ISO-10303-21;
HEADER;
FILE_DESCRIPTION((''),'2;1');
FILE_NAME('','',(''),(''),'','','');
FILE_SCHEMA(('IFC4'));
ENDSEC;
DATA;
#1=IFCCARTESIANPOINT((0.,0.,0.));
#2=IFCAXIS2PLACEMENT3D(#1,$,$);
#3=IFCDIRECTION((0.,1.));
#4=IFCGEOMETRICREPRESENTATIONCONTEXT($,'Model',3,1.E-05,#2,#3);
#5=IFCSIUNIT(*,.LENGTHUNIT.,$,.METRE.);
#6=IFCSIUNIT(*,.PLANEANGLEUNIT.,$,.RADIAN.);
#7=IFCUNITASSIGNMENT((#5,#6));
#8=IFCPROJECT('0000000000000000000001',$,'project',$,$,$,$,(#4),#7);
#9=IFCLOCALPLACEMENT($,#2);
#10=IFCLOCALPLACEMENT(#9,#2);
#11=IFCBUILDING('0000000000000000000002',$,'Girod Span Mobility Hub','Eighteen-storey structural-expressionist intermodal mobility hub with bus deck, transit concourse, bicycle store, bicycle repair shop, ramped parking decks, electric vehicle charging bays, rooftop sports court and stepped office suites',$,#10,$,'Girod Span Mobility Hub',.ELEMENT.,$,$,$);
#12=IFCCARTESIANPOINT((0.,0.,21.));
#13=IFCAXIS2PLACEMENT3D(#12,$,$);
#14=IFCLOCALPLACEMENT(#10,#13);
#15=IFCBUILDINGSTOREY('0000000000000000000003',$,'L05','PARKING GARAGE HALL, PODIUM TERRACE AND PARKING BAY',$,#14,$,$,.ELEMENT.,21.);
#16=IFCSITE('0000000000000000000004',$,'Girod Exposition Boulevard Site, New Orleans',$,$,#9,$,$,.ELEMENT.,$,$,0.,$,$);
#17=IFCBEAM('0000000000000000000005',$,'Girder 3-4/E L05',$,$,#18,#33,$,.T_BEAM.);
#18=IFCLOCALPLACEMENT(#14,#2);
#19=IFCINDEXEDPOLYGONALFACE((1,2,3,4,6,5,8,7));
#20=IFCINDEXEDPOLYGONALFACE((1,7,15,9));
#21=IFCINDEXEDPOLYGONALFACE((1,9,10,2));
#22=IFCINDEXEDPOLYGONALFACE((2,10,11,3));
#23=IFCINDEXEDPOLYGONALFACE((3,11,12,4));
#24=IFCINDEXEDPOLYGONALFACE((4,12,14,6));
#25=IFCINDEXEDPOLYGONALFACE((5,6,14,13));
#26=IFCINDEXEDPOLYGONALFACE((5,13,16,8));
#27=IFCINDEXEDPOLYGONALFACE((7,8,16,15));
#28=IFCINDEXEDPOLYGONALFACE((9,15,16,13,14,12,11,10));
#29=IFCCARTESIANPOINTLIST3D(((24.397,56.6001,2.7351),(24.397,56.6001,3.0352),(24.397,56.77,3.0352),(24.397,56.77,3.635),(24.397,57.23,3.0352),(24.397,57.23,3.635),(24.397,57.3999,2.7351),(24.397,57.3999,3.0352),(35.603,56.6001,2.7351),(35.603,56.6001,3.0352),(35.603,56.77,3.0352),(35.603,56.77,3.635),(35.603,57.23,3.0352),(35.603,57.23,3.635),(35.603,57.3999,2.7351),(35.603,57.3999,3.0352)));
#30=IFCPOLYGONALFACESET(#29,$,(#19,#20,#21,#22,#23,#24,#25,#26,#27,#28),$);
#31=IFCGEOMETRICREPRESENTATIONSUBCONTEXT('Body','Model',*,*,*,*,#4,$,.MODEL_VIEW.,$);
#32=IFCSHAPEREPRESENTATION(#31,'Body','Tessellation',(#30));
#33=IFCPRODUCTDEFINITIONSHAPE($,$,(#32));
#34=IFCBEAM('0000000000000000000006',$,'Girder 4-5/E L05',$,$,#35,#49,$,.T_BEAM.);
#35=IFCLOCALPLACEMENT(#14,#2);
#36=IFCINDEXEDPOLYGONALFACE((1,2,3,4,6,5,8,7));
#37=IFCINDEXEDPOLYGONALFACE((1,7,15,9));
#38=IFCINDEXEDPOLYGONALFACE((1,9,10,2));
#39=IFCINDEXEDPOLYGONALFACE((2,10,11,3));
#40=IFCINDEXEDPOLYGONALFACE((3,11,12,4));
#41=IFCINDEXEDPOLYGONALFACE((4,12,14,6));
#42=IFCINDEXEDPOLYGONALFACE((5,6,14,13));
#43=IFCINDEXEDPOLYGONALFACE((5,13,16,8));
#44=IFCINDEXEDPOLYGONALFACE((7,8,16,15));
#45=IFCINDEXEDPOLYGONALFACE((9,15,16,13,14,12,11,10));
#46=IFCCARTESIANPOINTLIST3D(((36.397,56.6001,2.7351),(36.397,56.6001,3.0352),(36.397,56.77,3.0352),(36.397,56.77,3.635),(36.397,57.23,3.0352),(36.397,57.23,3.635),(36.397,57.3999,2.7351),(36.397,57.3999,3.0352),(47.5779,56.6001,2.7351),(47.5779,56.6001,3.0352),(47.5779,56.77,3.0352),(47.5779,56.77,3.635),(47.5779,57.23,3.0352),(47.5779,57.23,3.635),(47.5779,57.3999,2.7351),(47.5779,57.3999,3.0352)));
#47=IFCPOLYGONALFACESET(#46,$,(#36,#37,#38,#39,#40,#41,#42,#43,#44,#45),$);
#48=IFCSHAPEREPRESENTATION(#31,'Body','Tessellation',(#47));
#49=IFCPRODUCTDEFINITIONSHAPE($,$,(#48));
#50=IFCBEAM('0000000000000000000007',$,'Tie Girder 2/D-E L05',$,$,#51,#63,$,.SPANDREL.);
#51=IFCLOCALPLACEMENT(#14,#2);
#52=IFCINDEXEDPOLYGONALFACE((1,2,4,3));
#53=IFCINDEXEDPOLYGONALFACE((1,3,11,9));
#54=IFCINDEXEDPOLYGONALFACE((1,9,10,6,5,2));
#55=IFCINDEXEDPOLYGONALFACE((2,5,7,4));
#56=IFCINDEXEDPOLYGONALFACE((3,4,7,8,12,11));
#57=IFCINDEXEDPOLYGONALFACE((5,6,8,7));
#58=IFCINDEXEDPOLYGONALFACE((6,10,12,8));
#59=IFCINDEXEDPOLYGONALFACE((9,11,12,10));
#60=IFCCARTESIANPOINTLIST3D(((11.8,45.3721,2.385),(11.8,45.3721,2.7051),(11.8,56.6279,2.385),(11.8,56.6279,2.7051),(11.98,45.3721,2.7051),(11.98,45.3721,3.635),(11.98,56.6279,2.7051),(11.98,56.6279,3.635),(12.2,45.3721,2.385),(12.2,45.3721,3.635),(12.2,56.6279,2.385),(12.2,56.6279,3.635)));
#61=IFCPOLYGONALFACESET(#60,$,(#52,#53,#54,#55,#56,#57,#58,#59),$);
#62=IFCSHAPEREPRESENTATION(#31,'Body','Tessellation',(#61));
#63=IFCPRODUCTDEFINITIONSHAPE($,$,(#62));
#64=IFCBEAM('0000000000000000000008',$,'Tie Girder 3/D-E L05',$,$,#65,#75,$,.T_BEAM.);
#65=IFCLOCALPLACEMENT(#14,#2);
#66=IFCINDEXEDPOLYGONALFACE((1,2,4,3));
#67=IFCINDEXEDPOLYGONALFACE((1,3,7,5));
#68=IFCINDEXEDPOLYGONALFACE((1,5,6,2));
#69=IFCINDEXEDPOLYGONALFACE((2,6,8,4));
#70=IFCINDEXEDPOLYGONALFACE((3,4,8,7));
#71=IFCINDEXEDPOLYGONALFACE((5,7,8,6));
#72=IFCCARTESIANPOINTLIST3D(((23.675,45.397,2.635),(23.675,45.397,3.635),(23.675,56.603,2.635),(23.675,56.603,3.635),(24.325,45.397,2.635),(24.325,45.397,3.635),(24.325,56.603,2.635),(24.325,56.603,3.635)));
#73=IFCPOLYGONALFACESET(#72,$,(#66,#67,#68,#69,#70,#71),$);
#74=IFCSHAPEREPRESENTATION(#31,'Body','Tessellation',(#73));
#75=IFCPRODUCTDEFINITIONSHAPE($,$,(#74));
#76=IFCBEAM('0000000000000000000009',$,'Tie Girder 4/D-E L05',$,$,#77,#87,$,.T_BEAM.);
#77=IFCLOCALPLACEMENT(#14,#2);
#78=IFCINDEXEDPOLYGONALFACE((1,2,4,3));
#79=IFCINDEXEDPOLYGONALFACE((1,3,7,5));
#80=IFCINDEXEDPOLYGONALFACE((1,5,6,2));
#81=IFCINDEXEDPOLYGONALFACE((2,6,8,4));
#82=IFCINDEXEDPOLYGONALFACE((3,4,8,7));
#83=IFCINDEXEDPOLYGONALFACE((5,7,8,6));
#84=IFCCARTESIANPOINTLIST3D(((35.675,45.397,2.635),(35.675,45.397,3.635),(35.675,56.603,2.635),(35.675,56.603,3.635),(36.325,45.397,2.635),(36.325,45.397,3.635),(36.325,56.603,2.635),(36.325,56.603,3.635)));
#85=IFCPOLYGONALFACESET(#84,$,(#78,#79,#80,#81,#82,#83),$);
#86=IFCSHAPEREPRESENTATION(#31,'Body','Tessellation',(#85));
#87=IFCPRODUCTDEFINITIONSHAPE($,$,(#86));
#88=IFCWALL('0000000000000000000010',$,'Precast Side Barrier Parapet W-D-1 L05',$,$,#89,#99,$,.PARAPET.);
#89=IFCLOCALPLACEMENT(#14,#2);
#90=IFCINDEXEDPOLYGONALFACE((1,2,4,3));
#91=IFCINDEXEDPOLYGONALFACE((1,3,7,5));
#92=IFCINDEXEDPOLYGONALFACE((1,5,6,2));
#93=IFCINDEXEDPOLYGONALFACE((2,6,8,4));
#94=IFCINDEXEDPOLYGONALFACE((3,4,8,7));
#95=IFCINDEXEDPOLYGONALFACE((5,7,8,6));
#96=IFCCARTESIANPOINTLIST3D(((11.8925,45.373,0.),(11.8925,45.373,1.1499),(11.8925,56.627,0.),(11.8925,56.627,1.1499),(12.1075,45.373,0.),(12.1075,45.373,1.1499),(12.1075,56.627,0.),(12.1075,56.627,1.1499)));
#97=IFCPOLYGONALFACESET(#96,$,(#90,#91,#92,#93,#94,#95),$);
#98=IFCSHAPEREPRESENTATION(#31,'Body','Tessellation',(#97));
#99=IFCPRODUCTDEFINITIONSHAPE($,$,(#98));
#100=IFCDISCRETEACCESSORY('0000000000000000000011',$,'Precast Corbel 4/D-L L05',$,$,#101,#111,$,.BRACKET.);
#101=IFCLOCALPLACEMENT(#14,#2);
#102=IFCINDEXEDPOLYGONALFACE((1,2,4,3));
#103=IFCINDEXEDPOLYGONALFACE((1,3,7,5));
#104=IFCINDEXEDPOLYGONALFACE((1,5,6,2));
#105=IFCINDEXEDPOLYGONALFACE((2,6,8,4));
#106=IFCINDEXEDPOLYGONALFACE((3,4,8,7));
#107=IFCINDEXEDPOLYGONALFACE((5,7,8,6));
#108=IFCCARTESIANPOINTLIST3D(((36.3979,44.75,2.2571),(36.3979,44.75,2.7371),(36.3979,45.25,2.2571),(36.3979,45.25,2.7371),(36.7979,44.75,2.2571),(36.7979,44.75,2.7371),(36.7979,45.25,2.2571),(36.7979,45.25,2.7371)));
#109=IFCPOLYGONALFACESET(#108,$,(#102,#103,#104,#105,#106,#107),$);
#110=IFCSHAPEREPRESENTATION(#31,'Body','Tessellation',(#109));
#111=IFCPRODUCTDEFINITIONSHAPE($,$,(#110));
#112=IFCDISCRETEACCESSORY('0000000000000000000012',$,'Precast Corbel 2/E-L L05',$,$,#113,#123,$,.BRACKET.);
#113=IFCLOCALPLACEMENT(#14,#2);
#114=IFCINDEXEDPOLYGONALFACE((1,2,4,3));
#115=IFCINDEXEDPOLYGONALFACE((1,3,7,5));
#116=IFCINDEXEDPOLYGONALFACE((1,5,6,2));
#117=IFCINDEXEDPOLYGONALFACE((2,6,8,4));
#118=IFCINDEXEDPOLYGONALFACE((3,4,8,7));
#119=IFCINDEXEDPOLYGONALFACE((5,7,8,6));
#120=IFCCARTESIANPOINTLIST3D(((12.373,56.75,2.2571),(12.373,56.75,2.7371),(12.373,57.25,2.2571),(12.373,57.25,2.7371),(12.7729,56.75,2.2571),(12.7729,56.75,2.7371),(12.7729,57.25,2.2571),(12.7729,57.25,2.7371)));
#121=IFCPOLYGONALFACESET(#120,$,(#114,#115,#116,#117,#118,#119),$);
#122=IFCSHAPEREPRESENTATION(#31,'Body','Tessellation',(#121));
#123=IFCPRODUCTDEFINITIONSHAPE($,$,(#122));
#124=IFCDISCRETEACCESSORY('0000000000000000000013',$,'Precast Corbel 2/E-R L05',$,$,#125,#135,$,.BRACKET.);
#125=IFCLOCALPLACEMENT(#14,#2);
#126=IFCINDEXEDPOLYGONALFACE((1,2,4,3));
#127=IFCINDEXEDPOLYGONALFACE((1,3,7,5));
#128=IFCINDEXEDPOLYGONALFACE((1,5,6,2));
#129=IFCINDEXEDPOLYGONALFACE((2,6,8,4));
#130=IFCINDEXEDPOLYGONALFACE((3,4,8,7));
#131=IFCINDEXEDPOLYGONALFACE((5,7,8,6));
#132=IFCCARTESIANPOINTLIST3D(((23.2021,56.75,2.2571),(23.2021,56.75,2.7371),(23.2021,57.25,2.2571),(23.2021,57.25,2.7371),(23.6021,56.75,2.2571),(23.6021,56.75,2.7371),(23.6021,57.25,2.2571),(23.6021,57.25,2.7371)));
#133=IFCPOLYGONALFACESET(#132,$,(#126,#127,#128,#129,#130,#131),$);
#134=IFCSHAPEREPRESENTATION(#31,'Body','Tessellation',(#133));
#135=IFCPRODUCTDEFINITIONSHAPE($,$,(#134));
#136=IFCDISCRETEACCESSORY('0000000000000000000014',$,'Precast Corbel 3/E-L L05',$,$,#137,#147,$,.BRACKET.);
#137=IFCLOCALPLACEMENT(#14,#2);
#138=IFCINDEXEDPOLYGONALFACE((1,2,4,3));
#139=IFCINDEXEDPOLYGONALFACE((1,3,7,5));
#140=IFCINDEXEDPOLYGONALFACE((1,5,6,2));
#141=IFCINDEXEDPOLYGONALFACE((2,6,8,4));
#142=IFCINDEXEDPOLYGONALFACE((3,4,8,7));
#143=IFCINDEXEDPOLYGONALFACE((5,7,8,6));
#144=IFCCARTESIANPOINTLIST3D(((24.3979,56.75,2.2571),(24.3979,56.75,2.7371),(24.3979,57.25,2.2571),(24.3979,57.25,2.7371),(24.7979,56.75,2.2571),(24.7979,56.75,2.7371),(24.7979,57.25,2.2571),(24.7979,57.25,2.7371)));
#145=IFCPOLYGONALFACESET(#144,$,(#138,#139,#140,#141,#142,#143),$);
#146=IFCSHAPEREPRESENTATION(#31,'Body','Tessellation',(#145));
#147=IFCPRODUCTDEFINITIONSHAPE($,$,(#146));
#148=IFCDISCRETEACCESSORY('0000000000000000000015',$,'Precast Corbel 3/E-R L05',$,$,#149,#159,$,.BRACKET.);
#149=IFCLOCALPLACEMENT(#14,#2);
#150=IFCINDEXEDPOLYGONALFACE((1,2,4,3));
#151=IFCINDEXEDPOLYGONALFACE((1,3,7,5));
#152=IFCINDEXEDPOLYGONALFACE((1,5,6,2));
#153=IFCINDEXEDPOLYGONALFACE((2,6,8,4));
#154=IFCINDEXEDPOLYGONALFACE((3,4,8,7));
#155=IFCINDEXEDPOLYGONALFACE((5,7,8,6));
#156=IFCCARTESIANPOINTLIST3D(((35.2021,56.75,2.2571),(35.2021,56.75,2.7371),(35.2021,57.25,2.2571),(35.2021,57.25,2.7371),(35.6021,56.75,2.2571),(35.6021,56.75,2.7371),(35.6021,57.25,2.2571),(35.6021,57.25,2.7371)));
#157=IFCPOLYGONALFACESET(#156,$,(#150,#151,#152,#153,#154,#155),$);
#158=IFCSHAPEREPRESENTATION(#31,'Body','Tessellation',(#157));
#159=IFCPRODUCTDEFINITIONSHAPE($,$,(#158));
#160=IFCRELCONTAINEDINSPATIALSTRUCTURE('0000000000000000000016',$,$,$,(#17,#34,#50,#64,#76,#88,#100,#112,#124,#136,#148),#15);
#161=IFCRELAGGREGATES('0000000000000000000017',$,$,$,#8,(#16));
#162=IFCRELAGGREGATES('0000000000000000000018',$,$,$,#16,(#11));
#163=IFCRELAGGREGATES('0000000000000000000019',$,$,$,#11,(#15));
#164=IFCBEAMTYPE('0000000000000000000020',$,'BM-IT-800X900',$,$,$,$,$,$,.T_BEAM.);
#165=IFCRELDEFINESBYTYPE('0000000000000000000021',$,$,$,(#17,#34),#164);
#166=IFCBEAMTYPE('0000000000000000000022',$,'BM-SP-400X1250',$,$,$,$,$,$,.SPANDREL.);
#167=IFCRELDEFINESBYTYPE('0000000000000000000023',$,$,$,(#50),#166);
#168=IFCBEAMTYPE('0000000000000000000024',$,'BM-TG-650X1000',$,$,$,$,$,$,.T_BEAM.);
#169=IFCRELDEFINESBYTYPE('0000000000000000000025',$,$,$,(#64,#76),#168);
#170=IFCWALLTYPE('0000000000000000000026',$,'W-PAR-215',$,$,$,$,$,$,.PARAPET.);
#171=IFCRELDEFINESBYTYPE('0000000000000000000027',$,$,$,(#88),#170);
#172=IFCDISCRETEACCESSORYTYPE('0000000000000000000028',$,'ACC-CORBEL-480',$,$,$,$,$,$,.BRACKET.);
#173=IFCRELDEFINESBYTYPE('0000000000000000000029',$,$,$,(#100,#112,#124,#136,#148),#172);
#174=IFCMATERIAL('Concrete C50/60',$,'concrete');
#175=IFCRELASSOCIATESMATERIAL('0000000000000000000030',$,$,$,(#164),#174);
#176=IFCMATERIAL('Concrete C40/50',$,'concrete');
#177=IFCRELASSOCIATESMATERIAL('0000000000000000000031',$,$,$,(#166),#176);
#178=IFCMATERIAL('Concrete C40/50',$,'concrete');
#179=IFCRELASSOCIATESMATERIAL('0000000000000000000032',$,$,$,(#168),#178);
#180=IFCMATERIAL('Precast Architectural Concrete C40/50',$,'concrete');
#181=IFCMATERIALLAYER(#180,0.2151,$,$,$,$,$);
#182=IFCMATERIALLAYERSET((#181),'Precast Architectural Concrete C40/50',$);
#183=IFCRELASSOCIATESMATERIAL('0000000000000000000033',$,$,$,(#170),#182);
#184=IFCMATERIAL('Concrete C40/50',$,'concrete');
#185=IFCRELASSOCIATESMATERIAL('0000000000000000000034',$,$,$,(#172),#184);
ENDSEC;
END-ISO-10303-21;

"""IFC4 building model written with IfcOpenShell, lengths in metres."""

from ifc_helpers import new_model, si_unit, direction, frame, frame_2d, origin, origin_2d, place, context, subcontext, project, spatial, polyline, rectangle, outline, extrude, material, layer, layer_set, material_profile, profile_set, type_object, element, save


model = new_model("IFC4")

# Units and contexts
model_context = context("Model", 3, precision=1e-05, world=origin(), true_north=direction((0.0, 1.0)))
body_context = subcontext(model_context, "Body", "Model", "MODEL_VIEW")
ifc_project = project(units=[si_unit("LENGTHUNIT", "METRE"), si_unit("PLANEANGLEUNIT", "RADIAN")], contexts=[model_context])

# Site, building, storey
site_placement = place(None, origin())
site = spatial("IfcSite", under=ifc_project, at=site_placement, Name="Girod Exposition Boulevard Site, New Orleans", CompositionType="ELEMENT", RefElevation=0.0)
building_placement = place(site_placement, origin())
building = spatial("IfcBuilding", under=site, at=building_placement, Name="Girod Span Mobility Hub", Description="Eighteen-storey structural-expressionist intermodal mobility hub with bus deck, transit concourse, bicycle store, bicycle repair shop, ramped parking decks, electric vehicle charging bays, rooftop sports court and stepped office suites", LongName="Girod Span Mobility Hub", CompositionType="ELEMENT")
storey_placement = place(building_placement, frame((0.0, 0.0, 21.0)))
storey = spatial("IfcBuildingStorey", under=building, at=storey_placement, Name="L05", Description="PARKING GARAGE HALL, PODIUM TERRACE AND PARKING BAY", CompositionType="ELEMENT", Elevation=21.0)

# Beams
ifc_material_1 = material(Name="Concrete C50/60", Category="concrete")
ifc_material_profile_1 = material_profile(ifc_material_1, outline(polyline([(-0.3999, -0.45), (0.3999, -0.45), (0.3999, -0.1499), (0.23, -0.1499), (0.23, 0.45), (-0.23, 0.45), (-0.23, -0.1499), (-0.3999, -0.1499), (-0.3999, -0.45)])), Name="IT-800X900")
ifc_profile_set_1 = profile_set([ifc_material_profile_1], Name="Concrete C50/60")
beam_type_1 = type_object("IfcBeamType", Name="BM-IT-800X900", PredefinedType="T_BEAM", material=ifc_profile_set_1)
beam_1_placement = place(storey_placement, frame((24.397, 57.0, 3.1851), z_axis=(1.0, 0.0, 0.0), x_axis=(0.0, 1.0, 0.0)))
element("IfcBeam", 1, at=beam_1_placement, inside=storey, type_object=beam_type_1, Name="Girder 3-4/E L05", PredefinedType="T_BEAM", context=body_context, shape_type="SweptSolid", body=[
    extrude(outline(polyline([(-0.3999, -0.45), (0.3999, -0.45), (0.3999, -0.1499), (0.23, -0.1499), (0.23, 0.45), (-0.23, 0.45), (-0.23, -0.1499), (-0.3999, -0.1499), (-0.3999, -0.45)])), origin(), (0.0, 0.0, 1.0), 11.2061),
])
beam_2_placement = place(storey_placement, frame((36.397, 57.0, 3.1851), z_axis=(1.0, 0.0, 0.0), x_axis=(0.0, 1.0, 0.0)))
element("IfcBeam", 2, at=beam_2_placement, inside=storey, type_object=beam_type_1, Name="Girder 4-5/E L05", PredefinedType="T_BEAM", context=body_context, shape_type="SweptSolid", body=[
    extrude(outline(polyline([(-0.3999, -0.45), (0.3999, -0.45), (0.3999, -0.1499), (0.23, -0.1499), (0.23, 0.45), (-0.23, 0.45), (-0.23, -0.1499), (-0.3999, -0.1499), (-0.3999, -0.45)])), origin(), (0.0, 0.0, 1.0), 11.1809),
])
ifc_material_2 = material(Name="Concrete C40/50", Category="concrete")
ifc_material_profile_2 = material_profile(ifc_material_2, outline(polyline([(-0.2, -0.625), (0.2, -0.625), (0.2, -0.3049), (0.02, -0.3049), (0.02, 0.625), (-0.2, 0.625), (-0.2, -0.625)])), Name="SP-400X1250")
ifc_profile_set_2 = profile_set([ifc_material_profile_2], Name="Concrete C40/50")
beam_type_2 = type_object("IfcBeamType", Name="BM-SP-400X1250", PredefinedType="SPANDREL", material=ifc_profile_set_2)
beam_3_placement = place(storey_placement, frame((12.0, 45.3721, 3.01), z_axis=(0.0, 1.0, 0.0), x_axis=(-1.0, 0.0, 0.0)))
element("IfcBeam", 3, at=beam_3_placement, inside=storey, type_object=beam_type_2, Name="Tie Girder 2/D-E L05", PredefinedType="SPANDREL", context=body_context, shape_type="SweptSolid", body=[
    extrude(outline(polyline([(-0.2, -0.625), (0.2, -0.625), (0.2, -0.3049), (0.02, -0.3049), (0.02, 0.625), (-0.2, 0.625), (-0.2, -0.625)])), origin(), (0.0, 0.0, 1.0), 11.2559),
])
ifc_material_3 = material(Name="Concrete C40/50", Category="concrete")
ifc_material_profile_3 = material_profile(ifc_material_3, rectangle(XDim=0.6499, YDim=1.0, at=origin_2d()), Name="TG-650X1000")
ifc_profile_set_3 = profile_set([ifc_material_profile_3], Name="Concrete C40/50")
beam_type_3 = type_object("IfcBeamType", Name="BM-TG-650X1000", PredefinedType="T_BEAM", material=ifc_profile_set_3)
for number, where, z_axis, x_axis, name in (
    (4, (24.0, 45.397, 3.135), (0.0, 1.0, 0.0), (-1.0, 0.0, 0.0), "Tie Girder 3/D-E L05"),
    (5, (36.0, 45.397, 3.135), (0.0, 1.0, 0.0), (-1.0, 0.0, 0.0), "Tie Girder 4/D-E L05"),
):
    element("IfcBeam", number, at=place(storey_placement, frame(where, z_axis=z_axis, x_axis=x_axis)), inside=storey, type_object=beam_type_3, Name=name, PredefinedType="T_BEAM", context=body_context, shape_type="SweptSolid", body=[
        extrude(rectangle(XDim=0.6499, YDim=1.0, at=origin_2d()), origin(), (0.0, 0.0, 1.0), 11.2061),
    ])

# Wall
ifc_material_4 = material(Name="Precast Architectural Concrete C40/50", Category="concrete")
ifc_layer = layer(ifc_material_4, 0.2151)
ifc_layer_set = layer_set([ifc_layer], Name="Precast Architectural Concrete C40/50")
wall_type = type_object("IfcWallType", Name="W-PAR-215", PredefinedType="PARAPET", material=ifc_layer_set)
wall_placement = place(storey_placement, frame((12.0, 45.373, 0.0), z_axis=(0.0, 0.0, 1.0), x_axis=(0.0, 1.0, 0.0)))
element("IfcWall", 6, at=wall_placement, inside=storey, type_object=wall_type, Name="Precast Side Barrier Parapet W-D-1 L05", PredefinedType="PARAPET", context=body_context, shape_type="SweptSolid", body=[
    extrude(rectangle(XDim=11.2539, YDim=0.2151, at=frame_2d((5.627, 0.0))), origin(), (0.0, 0.0, 1.0), 1.1499),
])

# Discrete accessories
ifc_material_5 = material(Name="Concrete C40/50", Category="concrete")
discrete_accessory_type = type_object("IfcDiscreteAccessoryType", Name="ACC-CORBEL-480", PredefinedType="BRACKET", material=ifc_material_5)
for number, where, z_axis, x_axis, name in (
    (7, (36.5979, 45.0, 2.2571), (0.0, 0.0, 1.0), (1.0, 0.0, 0.0), "Precast Corbel 4/D-L L05"),
    (8, (12.573, 57.0, 2.2571), (0.0, 0.0, 1.0), (1.0, 0.0, 0.0), "Precast Corbel 2/E-L L05"),
    (9, (23.4021, 57.0, 2.2571), (0.0, 0.0, 1.0), (1.0, 0.0, 0.0), "Precast Corbel 2/E-R L05"),
    (10, (24.5979, 57.0, 2.2571), (0.0, 0.0, 1.0), (1.0, 0.0, 0.0), "Precast Corbel 3/E-L L05"),
    (11, (35.4021, 57.0, 2.2571), (0.0, 0.0, 1.0), (1.0, 0.0, 0.0), "Precast Corbel 3/E-R L05"),
):
    element("IfcDiscreteAccessory", number, at=place(storey_placement, frame(where, z_axis=z_axis, x_axis=x_axis)), inside=storey, type_object=discrete_accessory_type, Name=name, PredefinedType="BRACKET", context=body_context, shape_type="SweptSolid", body=[
        extrude(rectangle(XDim=0.3999, YDim=0.5, at=origin_2d()), origin(), (0.0, 0.0, 1.0), 0.48),
    ])

save(model, "model.ifc")
